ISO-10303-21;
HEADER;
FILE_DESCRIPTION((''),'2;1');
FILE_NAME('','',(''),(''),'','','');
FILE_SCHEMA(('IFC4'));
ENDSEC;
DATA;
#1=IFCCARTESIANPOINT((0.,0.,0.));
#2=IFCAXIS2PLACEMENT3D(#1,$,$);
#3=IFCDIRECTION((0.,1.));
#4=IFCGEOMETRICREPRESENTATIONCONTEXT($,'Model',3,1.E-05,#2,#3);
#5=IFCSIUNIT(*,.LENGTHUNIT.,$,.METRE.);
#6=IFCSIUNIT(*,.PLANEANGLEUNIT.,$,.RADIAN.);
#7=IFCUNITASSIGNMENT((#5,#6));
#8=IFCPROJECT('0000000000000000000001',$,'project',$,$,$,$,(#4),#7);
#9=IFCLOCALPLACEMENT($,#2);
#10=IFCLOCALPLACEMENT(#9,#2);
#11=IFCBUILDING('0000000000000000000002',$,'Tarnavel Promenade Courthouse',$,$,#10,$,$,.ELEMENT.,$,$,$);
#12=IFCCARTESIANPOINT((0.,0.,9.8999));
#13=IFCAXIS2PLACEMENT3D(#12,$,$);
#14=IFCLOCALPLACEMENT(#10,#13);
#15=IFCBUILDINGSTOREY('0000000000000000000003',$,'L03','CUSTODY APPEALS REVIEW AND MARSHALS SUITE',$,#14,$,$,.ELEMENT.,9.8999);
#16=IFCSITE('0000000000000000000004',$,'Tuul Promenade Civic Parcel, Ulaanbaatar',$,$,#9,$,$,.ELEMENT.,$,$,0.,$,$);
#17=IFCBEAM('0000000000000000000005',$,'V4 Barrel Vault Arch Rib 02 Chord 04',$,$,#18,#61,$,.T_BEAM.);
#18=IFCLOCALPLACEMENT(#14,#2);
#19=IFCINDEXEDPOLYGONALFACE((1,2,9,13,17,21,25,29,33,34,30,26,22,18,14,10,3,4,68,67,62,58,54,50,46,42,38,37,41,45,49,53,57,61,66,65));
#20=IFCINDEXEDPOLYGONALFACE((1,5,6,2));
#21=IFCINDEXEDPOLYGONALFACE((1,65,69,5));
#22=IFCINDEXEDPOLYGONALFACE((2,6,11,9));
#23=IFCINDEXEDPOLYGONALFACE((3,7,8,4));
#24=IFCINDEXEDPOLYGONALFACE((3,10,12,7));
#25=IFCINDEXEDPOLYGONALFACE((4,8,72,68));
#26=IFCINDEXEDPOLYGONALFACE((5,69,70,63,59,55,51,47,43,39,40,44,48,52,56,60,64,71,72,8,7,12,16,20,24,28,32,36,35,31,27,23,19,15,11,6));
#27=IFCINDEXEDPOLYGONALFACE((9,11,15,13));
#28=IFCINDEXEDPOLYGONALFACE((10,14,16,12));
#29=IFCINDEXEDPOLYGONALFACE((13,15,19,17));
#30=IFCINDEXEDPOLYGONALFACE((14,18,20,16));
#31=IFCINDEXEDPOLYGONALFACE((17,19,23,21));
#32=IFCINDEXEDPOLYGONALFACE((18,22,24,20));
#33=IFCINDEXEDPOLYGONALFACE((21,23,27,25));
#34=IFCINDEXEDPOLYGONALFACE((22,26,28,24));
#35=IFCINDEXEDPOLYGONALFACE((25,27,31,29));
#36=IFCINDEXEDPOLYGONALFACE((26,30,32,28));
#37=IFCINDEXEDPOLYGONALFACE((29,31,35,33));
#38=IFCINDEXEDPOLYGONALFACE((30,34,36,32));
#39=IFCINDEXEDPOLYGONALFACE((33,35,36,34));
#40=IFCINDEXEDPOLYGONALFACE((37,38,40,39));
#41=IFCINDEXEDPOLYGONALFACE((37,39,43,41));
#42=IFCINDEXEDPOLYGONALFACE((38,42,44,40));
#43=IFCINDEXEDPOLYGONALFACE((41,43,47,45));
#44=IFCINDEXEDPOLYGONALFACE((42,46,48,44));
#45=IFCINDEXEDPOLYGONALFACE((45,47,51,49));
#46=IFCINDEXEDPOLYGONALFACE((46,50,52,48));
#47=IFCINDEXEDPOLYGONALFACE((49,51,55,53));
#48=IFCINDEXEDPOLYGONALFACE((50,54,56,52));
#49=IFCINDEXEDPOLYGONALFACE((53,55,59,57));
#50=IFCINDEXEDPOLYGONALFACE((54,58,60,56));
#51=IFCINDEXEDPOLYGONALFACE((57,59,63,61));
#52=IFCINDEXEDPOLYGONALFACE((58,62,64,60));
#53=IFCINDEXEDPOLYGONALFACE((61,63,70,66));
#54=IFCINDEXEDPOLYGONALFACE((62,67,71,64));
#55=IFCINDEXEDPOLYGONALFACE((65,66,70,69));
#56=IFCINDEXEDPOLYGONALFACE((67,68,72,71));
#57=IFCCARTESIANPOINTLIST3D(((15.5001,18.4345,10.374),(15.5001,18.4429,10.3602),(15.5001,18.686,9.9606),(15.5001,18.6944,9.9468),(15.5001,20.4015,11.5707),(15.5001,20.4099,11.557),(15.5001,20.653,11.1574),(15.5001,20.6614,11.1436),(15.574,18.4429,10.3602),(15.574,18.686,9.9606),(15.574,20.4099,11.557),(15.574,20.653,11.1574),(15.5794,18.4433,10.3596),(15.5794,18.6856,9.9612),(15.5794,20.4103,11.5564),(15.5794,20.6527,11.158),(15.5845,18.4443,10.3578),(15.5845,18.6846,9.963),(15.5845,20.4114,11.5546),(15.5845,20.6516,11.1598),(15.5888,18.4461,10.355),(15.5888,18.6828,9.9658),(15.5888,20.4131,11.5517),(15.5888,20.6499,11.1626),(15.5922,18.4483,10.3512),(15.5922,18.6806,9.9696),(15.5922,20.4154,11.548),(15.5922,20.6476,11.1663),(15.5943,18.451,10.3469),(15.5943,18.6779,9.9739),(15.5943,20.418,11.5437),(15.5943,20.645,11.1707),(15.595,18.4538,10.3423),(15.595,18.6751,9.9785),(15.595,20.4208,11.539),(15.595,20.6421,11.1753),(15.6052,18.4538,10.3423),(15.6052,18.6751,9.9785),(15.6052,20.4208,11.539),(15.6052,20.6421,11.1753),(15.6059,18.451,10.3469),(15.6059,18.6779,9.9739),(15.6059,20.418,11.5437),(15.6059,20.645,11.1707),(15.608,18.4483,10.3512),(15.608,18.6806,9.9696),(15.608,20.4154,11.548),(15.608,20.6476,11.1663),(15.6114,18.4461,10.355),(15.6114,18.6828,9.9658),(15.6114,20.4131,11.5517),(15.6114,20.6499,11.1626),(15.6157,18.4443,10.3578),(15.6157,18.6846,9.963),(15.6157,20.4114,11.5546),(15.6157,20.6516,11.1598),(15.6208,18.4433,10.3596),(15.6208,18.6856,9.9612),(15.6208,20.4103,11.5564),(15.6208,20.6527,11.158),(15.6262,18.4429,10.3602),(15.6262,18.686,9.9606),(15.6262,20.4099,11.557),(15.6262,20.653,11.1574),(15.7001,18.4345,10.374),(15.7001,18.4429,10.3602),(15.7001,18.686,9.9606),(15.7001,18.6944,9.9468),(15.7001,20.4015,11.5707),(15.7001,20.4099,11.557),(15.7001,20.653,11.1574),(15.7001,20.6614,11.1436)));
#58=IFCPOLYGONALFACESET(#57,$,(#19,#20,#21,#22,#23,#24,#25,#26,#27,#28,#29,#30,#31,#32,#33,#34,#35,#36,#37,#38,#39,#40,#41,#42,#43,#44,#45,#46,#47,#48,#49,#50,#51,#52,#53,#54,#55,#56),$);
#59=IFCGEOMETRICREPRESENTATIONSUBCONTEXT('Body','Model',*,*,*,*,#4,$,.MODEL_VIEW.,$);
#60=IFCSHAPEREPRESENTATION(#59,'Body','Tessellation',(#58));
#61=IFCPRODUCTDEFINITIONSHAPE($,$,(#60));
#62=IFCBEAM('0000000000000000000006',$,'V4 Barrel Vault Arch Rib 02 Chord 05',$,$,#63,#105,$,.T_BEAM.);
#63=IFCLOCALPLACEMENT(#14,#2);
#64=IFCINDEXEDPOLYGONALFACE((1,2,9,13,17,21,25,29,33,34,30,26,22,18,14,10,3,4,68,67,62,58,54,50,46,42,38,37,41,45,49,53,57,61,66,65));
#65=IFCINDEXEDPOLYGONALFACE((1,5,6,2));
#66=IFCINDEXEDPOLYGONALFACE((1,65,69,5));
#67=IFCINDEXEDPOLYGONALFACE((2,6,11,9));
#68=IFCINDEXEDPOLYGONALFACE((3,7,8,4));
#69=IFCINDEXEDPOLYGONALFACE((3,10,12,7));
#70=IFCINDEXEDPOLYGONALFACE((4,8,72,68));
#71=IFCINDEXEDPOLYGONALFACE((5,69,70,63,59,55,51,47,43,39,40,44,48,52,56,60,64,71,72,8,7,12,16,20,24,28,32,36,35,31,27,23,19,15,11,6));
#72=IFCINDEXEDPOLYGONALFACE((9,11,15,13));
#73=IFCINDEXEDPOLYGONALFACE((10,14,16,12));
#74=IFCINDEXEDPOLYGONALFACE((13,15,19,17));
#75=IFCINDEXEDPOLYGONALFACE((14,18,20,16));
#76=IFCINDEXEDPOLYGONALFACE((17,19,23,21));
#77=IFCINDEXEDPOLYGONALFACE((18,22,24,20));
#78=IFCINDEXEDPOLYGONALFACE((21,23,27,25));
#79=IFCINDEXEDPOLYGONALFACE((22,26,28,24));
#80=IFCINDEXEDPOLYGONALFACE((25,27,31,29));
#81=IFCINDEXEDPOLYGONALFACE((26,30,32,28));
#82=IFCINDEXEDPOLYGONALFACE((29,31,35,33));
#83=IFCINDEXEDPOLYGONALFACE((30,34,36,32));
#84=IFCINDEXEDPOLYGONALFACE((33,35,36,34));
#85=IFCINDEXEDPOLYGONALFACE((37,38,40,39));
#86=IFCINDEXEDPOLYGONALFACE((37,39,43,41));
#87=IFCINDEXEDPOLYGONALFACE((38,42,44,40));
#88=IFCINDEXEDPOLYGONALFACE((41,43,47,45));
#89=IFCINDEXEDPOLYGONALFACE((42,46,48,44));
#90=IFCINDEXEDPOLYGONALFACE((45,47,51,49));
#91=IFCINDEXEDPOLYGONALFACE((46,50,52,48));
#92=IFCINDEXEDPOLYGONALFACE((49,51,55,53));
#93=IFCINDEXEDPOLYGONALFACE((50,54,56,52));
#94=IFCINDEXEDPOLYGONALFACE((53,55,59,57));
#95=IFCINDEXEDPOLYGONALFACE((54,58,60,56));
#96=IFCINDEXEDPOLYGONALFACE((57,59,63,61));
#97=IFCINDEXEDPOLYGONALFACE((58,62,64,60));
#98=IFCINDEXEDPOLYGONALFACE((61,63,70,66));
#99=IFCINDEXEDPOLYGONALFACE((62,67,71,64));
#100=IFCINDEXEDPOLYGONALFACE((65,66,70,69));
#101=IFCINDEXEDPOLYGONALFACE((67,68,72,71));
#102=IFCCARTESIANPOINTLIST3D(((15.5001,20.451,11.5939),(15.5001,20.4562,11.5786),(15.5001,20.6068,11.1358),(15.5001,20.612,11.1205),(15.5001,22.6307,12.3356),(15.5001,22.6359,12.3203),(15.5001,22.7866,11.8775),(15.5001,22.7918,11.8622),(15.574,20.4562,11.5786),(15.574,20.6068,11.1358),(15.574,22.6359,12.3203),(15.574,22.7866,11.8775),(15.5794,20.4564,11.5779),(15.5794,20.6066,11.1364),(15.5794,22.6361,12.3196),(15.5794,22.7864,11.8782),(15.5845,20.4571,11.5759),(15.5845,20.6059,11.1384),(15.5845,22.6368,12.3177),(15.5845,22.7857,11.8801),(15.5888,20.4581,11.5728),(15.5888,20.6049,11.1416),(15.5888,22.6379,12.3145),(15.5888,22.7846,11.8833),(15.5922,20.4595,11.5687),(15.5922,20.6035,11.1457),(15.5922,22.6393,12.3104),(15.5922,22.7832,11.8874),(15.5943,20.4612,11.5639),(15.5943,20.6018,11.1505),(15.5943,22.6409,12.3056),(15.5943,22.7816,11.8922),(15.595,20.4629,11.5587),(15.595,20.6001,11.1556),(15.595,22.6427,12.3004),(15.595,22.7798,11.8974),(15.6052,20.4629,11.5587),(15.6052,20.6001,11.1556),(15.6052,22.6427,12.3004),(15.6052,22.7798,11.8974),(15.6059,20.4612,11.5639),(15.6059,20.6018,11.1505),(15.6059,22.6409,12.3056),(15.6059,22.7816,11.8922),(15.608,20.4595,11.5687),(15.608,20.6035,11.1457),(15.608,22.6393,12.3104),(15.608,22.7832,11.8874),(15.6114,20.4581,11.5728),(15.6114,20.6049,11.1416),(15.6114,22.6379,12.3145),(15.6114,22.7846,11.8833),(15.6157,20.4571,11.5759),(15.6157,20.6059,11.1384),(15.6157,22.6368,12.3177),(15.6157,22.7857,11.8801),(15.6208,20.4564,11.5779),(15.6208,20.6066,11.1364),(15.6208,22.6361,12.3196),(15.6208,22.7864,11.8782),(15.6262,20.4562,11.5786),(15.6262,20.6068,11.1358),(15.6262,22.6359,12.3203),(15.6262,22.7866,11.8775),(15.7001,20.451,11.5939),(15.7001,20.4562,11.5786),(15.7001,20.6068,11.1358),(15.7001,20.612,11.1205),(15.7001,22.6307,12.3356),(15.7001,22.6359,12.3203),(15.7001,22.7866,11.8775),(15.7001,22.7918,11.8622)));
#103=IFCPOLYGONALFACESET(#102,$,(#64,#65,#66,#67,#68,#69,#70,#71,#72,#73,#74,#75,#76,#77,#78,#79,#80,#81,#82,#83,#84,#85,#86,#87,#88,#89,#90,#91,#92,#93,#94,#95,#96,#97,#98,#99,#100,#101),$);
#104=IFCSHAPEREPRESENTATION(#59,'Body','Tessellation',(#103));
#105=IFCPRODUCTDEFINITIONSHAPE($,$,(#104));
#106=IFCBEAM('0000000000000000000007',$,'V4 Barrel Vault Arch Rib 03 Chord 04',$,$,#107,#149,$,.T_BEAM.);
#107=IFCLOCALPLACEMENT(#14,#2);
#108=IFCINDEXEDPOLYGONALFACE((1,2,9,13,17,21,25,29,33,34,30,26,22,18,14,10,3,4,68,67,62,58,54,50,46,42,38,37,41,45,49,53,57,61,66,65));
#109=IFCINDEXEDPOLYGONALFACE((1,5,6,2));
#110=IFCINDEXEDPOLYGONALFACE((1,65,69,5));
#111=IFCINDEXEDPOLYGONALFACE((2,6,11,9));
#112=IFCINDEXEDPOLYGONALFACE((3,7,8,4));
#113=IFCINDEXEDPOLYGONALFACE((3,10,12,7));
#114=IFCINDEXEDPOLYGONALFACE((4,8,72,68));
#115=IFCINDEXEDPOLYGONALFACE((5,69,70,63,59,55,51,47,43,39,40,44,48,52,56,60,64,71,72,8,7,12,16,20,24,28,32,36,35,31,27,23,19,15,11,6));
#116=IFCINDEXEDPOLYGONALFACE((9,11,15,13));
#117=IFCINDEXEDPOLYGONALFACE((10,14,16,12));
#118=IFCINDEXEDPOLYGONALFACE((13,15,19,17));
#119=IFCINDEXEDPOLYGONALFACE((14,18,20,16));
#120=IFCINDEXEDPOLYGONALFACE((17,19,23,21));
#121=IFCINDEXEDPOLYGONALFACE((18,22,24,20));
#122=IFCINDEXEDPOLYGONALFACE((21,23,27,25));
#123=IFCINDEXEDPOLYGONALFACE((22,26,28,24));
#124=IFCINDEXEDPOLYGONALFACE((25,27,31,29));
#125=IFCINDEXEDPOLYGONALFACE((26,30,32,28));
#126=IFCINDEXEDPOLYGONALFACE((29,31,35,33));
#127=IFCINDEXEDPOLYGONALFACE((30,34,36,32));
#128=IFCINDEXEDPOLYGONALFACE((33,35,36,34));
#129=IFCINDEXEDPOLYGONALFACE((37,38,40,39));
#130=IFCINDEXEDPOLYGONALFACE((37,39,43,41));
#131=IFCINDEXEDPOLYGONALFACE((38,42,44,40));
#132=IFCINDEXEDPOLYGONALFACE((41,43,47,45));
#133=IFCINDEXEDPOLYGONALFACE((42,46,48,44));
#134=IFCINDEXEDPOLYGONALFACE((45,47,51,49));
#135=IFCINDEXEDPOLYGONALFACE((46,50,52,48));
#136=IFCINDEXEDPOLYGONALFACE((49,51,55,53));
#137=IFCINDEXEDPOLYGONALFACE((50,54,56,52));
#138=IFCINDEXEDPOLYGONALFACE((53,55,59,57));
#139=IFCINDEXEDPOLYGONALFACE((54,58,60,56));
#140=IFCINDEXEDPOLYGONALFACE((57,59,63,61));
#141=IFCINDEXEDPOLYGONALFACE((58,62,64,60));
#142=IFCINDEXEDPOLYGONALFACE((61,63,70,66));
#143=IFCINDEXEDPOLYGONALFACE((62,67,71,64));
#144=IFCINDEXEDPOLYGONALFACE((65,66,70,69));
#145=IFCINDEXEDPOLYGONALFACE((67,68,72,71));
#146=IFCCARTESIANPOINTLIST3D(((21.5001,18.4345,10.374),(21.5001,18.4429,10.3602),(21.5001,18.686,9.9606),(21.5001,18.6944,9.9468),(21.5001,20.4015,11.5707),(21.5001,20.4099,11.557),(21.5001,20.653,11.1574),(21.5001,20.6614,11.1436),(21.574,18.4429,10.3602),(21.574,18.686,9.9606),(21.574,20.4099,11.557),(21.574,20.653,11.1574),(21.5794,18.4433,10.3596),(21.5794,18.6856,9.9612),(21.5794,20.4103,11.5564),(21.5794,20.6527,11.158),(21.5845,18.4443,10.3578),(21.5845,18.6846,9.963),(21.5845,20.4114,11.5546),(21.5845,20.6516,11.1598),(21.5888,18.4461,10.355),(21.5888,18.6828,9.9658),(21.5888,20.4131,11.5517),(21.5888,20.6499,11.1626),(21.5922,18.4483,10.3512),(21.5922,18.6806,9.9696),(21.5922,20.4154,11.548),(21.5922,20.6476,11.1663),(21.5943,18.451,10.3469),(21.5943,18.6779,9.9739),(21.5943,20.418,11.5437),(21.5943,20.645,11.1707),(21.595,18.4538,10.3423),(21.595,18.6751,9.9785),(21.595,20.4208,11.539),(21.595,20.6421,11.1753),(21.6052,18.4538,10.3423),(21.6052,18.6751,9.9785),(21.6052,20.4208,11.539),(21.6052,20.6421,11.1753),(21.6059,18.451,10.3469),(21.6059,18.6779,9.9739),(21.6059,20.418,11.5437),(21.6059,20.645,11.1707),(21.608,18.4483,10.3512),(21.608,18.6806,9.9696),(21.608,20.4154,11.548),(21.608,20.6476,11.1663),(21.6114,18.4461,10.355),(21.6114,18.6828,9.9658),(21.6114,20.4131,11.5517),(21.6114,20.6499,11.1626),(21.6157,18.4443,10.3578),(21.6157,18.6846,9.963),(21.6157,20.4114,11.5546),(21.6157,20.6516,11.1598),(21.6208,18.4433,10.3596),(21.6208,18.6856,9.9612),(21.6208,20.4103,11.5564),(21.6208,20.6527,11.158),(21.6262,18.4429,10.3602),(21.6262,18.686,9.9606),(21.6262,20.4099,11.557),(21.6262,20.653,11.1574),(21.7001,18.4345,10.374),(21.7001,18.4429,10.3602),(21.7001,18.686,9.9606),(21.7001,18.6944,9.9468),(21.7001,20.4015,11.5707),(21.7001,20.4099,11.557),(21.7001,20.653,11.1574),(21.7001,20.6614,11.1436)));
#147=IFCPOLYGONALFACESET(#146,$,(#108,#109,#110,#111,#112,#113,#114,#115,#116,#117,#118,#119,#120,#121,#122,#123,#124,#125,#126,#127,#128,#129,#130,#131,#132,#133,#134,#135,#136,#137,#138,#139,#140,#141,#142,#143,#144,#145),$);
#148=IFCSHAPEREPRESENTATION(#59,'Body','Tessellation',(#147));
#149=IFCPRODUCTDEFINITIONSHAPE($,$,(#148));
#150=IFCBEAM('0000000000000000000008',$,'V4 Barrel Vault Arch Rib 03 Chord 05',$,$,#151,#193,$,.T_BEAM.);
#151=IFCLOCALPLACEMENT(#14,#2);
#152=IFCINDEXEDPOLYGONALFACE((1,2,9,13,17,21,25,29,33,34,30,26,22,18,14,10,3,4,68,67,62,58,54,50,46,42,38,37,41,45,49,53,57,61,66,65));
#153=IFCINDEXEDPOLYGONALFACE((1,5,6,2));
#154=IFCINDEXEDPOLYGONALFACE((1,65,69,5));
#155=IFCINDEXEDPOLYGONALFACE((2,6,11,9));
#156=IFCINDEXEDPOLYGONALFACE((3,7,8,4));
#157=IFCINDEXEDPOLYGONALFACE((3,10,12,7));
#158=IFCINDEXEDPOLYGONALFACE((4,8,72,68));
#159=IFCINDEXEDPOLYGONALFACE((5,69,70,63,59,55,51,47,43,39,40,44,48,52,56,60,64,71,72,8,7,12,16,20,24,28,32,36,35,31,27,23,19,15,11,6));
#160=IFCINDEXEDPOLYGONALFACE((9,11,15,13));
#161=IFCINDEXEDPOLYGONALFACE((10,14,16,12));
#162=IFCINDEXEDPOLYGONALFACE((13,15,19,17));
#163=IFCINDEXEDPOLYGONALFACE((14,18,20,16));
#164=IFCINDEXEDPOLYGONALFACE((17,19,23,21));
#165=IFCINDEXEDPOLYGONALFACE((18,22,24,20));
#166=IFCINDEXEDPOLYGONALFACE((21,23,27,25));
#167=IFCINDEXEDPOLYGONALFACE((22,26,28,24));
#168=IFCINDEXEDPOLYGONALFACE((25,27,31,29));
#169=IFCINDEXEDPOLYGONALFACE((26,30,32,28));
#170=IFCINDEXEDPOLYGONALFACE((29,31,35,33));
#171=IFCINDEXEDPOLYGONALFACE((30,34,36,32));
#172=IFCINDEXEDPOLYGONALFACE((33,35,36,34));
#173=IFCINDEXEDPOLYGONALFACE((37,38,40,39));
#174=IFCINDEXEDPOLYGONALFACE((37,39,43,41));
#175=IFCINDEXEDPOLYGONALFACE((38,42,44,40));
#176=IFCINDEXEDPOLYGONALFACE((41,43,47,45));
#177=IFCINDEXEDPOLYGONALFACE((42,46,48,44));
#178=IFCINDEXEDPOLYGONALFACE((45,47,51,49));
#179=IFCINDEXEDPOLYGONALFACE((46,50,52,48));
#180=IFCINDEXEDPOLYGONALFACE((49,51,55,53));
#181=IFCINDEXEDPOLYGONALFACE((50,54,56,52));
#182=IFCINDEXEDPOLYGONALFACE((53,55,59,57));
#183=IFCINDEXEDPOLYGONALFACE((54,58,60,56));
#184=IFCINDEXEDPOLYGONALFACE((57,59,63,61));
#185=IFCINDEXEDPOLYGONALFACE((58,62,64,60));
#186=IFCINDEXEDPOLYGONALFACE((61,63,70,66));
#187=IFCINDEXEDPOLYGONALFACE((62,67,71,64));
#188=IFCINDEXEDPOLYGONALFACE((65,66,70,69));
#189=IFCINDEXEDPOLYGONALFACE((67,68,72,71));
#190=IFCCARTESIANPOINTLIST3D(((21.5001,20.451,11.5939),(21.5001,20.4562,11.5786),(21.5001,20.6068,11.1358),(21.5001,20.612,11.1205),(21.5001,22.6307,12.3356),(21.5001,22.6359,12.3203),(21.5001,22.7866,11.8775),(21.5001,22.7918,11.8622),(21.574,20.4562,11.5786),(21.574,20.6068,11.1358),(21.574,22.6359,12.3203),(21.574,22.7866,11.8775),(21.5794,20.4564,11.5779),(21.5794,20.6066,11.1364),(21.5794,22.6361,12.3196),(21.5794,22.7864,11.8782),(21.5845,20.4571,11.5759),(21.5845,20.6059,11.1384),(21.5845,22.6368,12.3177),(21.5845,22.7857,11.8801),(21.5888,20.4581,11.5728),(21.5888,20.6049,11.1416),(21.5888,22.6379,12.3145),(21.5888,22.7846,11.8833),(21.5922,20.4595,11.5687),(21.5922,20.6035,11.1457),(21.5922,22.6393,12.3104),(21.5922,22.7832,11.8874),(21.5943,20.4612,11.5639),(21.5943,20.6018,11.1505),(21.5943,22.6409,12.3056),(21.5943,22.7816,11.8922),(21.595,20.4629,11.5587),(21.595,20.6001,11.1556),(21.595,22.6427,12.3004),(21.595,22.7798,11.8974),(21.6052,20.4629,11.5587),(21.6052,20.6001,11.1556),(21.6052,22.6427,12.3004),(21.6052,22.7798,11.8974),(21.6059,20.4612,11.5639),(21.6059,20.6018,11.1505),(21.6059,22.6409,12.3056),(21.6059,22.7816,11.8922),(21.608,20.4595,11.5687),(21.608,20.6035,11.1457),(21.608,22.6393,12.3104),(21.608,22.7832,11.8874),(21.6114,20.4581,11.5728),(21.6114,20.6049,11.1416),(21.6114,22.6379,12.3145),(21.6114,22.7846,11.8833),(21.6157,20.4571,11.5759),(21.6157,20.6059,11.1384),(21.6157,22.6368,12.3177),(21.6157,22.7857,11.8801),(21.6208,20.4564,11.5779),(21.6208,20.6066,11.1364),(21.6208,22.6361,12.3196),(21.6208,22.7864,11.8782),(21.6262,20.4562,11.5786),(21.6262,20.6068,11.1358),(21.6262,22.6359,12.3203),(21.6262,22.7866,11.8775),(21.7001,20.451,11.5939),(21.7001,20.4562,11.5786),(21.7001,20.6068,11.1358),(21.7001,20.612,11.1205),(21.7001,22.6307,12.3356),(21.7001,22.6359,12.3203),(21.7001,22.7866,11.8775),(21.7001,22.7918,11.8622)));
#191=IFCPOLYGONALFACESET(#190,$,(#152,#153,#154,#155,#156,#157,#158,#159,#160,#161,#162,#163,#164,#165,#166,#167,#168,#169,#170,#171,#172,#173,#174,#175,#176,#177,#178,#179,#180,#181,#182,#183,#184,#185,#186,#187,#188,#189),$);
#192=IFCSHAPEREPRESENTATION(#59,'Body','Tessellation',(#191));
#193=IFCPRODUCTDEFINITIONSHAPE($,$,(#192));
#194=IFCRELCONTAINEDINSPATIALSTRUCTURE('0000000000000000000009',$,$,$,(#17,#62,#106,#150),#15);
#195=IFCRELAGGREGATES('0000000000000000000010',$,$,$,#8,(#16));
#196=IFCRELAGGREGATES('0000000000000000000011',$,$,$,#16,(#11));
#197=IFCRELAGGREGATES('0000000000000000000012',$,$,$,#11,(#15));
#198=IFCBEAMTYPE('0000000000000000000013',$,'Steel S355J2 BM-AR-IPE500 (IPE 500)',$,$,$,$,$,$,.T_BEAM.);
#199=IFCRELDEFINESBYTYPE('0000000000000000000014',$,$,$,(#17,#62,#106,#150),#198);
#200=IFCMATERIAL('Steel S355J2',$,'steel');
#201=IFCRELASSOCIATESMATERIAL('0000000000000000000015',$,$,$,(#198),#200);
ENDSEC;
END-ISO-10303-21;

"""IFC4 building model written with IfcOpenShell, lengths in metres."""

from ifc_helpers import new_model, si_unit, direction, frame, origin, origin_2d, place, context, subcontext, project, spatial, i_section, extrude, material, material_profile, profile_set, type_object, element, save


model = new_model("IFC4")

# Units and contexts
model_context = context("Model", 3, precision=1e-05, world=origin(), true_north=direction((0.0, 1.0)))
body_context = subcontext(model_context, "Body", "Model", "MODEL_VIEW")
ifc_project = project(units=[si_unit("LENGTHUNIT", "METRE"), si_unit("PLANEANGLEUNIT", "RADIAN")], contexts=[model_context])

# Site, building, storey
site_placement = place(None, origin())
site = spatial("IfcSite", under=ifc_project, at=site_placement, Name="Tuul Promenade Civic Parcel, Ulaanbaatar", CompositionType="ELEMENT", RefElevation=0.0)
building_placement = place(site_placement, origin())
building = spatial("IfcBuilding", under=site, at=building_placement, Name="Tarnavel Promenade Courthouse", CompositionType="ELEMENT")
storey_placement = place(building_placement, frame((0.0, 0.0, 9.8999)))
storey = spatial("IfcBuildingStorey", under=building, at=storey_placement, Name="L03", Description="CUSTODY APPEALS REVIEW AND MARSHALS SUITE", CompositionType="ELEMENT", Elevation=9.8999)

# Beams
ifc_material_1 = material(Name="Steel S355J2", Category="steel")
ifc_material_profile_1 = material_profile(ifc_material_1, i_section(OverallWidth=0.2, OverallDepth=0.5, WebThickness=0.0103, FlangeThickness=0.0161, FilletRadius=0.021, at=origin_2d()), Name="IPE 500")
ifc_profile_set_1 = profile_set([ifc_material_profile_1], Name="Steel S355J2")
beam_type = type_object("IfcBeamType", Name="Steel S355J2 BM-AR-IPE500 (IPE 500)", PredefinedType="T_BEAM", material=ifc_profile_set_1)
for number, where, z_axis, x_axis, name in (
    (1, (15.6001, 18.5645, 10.1604), (0.0, 0.854305, 0.519772), (-1.0, 0.0, 0.0), "V4 Barrel Vault Arch Rib 02 Chord 04"),
    (2, (15.6001, 20.5315, 11.3572), (0.0, 0.946693, 0.322138), (-1.0, 0.0, 0.0), "V4 Barrel Vault Arch Rib 02 Chord 05"),
    (3, (21.6001, 18.5645, 10.1604), (0.0, 0.854305, 0.519772), (-1.0, 0.0, 0.0), "V4 Barrel Vault Arch Rib 03 Chord 04"),
    (4, (21.6001, 20.5315, 11.3572), (0.0, 0.946693, 0.322138), (-1.0, 0.0, 0.0), "V4 Barrel Vault Arch Rib 03 Chord 05"),
):
    element("IfcBeam", number, at=place(storey_placement, frame(where, z_axis=z_axis, x_axis=x_axis)), inside=storey, type_object=beam_type, Name=name, PredefinedType="T_BEAM", context=body_context, shape_type="SweptSolid", body=[
        extrude(i_section(OverallWidth=0.2, OverallDepth=0.5, WebThickness=0.0103, FlangeThickness=0.0161, FilletRadius=0.021, at=origin_2d()), origin(), (0.0, 0.0, 1.0), 2.3025),
    ])

save(model, "model.ifc")
